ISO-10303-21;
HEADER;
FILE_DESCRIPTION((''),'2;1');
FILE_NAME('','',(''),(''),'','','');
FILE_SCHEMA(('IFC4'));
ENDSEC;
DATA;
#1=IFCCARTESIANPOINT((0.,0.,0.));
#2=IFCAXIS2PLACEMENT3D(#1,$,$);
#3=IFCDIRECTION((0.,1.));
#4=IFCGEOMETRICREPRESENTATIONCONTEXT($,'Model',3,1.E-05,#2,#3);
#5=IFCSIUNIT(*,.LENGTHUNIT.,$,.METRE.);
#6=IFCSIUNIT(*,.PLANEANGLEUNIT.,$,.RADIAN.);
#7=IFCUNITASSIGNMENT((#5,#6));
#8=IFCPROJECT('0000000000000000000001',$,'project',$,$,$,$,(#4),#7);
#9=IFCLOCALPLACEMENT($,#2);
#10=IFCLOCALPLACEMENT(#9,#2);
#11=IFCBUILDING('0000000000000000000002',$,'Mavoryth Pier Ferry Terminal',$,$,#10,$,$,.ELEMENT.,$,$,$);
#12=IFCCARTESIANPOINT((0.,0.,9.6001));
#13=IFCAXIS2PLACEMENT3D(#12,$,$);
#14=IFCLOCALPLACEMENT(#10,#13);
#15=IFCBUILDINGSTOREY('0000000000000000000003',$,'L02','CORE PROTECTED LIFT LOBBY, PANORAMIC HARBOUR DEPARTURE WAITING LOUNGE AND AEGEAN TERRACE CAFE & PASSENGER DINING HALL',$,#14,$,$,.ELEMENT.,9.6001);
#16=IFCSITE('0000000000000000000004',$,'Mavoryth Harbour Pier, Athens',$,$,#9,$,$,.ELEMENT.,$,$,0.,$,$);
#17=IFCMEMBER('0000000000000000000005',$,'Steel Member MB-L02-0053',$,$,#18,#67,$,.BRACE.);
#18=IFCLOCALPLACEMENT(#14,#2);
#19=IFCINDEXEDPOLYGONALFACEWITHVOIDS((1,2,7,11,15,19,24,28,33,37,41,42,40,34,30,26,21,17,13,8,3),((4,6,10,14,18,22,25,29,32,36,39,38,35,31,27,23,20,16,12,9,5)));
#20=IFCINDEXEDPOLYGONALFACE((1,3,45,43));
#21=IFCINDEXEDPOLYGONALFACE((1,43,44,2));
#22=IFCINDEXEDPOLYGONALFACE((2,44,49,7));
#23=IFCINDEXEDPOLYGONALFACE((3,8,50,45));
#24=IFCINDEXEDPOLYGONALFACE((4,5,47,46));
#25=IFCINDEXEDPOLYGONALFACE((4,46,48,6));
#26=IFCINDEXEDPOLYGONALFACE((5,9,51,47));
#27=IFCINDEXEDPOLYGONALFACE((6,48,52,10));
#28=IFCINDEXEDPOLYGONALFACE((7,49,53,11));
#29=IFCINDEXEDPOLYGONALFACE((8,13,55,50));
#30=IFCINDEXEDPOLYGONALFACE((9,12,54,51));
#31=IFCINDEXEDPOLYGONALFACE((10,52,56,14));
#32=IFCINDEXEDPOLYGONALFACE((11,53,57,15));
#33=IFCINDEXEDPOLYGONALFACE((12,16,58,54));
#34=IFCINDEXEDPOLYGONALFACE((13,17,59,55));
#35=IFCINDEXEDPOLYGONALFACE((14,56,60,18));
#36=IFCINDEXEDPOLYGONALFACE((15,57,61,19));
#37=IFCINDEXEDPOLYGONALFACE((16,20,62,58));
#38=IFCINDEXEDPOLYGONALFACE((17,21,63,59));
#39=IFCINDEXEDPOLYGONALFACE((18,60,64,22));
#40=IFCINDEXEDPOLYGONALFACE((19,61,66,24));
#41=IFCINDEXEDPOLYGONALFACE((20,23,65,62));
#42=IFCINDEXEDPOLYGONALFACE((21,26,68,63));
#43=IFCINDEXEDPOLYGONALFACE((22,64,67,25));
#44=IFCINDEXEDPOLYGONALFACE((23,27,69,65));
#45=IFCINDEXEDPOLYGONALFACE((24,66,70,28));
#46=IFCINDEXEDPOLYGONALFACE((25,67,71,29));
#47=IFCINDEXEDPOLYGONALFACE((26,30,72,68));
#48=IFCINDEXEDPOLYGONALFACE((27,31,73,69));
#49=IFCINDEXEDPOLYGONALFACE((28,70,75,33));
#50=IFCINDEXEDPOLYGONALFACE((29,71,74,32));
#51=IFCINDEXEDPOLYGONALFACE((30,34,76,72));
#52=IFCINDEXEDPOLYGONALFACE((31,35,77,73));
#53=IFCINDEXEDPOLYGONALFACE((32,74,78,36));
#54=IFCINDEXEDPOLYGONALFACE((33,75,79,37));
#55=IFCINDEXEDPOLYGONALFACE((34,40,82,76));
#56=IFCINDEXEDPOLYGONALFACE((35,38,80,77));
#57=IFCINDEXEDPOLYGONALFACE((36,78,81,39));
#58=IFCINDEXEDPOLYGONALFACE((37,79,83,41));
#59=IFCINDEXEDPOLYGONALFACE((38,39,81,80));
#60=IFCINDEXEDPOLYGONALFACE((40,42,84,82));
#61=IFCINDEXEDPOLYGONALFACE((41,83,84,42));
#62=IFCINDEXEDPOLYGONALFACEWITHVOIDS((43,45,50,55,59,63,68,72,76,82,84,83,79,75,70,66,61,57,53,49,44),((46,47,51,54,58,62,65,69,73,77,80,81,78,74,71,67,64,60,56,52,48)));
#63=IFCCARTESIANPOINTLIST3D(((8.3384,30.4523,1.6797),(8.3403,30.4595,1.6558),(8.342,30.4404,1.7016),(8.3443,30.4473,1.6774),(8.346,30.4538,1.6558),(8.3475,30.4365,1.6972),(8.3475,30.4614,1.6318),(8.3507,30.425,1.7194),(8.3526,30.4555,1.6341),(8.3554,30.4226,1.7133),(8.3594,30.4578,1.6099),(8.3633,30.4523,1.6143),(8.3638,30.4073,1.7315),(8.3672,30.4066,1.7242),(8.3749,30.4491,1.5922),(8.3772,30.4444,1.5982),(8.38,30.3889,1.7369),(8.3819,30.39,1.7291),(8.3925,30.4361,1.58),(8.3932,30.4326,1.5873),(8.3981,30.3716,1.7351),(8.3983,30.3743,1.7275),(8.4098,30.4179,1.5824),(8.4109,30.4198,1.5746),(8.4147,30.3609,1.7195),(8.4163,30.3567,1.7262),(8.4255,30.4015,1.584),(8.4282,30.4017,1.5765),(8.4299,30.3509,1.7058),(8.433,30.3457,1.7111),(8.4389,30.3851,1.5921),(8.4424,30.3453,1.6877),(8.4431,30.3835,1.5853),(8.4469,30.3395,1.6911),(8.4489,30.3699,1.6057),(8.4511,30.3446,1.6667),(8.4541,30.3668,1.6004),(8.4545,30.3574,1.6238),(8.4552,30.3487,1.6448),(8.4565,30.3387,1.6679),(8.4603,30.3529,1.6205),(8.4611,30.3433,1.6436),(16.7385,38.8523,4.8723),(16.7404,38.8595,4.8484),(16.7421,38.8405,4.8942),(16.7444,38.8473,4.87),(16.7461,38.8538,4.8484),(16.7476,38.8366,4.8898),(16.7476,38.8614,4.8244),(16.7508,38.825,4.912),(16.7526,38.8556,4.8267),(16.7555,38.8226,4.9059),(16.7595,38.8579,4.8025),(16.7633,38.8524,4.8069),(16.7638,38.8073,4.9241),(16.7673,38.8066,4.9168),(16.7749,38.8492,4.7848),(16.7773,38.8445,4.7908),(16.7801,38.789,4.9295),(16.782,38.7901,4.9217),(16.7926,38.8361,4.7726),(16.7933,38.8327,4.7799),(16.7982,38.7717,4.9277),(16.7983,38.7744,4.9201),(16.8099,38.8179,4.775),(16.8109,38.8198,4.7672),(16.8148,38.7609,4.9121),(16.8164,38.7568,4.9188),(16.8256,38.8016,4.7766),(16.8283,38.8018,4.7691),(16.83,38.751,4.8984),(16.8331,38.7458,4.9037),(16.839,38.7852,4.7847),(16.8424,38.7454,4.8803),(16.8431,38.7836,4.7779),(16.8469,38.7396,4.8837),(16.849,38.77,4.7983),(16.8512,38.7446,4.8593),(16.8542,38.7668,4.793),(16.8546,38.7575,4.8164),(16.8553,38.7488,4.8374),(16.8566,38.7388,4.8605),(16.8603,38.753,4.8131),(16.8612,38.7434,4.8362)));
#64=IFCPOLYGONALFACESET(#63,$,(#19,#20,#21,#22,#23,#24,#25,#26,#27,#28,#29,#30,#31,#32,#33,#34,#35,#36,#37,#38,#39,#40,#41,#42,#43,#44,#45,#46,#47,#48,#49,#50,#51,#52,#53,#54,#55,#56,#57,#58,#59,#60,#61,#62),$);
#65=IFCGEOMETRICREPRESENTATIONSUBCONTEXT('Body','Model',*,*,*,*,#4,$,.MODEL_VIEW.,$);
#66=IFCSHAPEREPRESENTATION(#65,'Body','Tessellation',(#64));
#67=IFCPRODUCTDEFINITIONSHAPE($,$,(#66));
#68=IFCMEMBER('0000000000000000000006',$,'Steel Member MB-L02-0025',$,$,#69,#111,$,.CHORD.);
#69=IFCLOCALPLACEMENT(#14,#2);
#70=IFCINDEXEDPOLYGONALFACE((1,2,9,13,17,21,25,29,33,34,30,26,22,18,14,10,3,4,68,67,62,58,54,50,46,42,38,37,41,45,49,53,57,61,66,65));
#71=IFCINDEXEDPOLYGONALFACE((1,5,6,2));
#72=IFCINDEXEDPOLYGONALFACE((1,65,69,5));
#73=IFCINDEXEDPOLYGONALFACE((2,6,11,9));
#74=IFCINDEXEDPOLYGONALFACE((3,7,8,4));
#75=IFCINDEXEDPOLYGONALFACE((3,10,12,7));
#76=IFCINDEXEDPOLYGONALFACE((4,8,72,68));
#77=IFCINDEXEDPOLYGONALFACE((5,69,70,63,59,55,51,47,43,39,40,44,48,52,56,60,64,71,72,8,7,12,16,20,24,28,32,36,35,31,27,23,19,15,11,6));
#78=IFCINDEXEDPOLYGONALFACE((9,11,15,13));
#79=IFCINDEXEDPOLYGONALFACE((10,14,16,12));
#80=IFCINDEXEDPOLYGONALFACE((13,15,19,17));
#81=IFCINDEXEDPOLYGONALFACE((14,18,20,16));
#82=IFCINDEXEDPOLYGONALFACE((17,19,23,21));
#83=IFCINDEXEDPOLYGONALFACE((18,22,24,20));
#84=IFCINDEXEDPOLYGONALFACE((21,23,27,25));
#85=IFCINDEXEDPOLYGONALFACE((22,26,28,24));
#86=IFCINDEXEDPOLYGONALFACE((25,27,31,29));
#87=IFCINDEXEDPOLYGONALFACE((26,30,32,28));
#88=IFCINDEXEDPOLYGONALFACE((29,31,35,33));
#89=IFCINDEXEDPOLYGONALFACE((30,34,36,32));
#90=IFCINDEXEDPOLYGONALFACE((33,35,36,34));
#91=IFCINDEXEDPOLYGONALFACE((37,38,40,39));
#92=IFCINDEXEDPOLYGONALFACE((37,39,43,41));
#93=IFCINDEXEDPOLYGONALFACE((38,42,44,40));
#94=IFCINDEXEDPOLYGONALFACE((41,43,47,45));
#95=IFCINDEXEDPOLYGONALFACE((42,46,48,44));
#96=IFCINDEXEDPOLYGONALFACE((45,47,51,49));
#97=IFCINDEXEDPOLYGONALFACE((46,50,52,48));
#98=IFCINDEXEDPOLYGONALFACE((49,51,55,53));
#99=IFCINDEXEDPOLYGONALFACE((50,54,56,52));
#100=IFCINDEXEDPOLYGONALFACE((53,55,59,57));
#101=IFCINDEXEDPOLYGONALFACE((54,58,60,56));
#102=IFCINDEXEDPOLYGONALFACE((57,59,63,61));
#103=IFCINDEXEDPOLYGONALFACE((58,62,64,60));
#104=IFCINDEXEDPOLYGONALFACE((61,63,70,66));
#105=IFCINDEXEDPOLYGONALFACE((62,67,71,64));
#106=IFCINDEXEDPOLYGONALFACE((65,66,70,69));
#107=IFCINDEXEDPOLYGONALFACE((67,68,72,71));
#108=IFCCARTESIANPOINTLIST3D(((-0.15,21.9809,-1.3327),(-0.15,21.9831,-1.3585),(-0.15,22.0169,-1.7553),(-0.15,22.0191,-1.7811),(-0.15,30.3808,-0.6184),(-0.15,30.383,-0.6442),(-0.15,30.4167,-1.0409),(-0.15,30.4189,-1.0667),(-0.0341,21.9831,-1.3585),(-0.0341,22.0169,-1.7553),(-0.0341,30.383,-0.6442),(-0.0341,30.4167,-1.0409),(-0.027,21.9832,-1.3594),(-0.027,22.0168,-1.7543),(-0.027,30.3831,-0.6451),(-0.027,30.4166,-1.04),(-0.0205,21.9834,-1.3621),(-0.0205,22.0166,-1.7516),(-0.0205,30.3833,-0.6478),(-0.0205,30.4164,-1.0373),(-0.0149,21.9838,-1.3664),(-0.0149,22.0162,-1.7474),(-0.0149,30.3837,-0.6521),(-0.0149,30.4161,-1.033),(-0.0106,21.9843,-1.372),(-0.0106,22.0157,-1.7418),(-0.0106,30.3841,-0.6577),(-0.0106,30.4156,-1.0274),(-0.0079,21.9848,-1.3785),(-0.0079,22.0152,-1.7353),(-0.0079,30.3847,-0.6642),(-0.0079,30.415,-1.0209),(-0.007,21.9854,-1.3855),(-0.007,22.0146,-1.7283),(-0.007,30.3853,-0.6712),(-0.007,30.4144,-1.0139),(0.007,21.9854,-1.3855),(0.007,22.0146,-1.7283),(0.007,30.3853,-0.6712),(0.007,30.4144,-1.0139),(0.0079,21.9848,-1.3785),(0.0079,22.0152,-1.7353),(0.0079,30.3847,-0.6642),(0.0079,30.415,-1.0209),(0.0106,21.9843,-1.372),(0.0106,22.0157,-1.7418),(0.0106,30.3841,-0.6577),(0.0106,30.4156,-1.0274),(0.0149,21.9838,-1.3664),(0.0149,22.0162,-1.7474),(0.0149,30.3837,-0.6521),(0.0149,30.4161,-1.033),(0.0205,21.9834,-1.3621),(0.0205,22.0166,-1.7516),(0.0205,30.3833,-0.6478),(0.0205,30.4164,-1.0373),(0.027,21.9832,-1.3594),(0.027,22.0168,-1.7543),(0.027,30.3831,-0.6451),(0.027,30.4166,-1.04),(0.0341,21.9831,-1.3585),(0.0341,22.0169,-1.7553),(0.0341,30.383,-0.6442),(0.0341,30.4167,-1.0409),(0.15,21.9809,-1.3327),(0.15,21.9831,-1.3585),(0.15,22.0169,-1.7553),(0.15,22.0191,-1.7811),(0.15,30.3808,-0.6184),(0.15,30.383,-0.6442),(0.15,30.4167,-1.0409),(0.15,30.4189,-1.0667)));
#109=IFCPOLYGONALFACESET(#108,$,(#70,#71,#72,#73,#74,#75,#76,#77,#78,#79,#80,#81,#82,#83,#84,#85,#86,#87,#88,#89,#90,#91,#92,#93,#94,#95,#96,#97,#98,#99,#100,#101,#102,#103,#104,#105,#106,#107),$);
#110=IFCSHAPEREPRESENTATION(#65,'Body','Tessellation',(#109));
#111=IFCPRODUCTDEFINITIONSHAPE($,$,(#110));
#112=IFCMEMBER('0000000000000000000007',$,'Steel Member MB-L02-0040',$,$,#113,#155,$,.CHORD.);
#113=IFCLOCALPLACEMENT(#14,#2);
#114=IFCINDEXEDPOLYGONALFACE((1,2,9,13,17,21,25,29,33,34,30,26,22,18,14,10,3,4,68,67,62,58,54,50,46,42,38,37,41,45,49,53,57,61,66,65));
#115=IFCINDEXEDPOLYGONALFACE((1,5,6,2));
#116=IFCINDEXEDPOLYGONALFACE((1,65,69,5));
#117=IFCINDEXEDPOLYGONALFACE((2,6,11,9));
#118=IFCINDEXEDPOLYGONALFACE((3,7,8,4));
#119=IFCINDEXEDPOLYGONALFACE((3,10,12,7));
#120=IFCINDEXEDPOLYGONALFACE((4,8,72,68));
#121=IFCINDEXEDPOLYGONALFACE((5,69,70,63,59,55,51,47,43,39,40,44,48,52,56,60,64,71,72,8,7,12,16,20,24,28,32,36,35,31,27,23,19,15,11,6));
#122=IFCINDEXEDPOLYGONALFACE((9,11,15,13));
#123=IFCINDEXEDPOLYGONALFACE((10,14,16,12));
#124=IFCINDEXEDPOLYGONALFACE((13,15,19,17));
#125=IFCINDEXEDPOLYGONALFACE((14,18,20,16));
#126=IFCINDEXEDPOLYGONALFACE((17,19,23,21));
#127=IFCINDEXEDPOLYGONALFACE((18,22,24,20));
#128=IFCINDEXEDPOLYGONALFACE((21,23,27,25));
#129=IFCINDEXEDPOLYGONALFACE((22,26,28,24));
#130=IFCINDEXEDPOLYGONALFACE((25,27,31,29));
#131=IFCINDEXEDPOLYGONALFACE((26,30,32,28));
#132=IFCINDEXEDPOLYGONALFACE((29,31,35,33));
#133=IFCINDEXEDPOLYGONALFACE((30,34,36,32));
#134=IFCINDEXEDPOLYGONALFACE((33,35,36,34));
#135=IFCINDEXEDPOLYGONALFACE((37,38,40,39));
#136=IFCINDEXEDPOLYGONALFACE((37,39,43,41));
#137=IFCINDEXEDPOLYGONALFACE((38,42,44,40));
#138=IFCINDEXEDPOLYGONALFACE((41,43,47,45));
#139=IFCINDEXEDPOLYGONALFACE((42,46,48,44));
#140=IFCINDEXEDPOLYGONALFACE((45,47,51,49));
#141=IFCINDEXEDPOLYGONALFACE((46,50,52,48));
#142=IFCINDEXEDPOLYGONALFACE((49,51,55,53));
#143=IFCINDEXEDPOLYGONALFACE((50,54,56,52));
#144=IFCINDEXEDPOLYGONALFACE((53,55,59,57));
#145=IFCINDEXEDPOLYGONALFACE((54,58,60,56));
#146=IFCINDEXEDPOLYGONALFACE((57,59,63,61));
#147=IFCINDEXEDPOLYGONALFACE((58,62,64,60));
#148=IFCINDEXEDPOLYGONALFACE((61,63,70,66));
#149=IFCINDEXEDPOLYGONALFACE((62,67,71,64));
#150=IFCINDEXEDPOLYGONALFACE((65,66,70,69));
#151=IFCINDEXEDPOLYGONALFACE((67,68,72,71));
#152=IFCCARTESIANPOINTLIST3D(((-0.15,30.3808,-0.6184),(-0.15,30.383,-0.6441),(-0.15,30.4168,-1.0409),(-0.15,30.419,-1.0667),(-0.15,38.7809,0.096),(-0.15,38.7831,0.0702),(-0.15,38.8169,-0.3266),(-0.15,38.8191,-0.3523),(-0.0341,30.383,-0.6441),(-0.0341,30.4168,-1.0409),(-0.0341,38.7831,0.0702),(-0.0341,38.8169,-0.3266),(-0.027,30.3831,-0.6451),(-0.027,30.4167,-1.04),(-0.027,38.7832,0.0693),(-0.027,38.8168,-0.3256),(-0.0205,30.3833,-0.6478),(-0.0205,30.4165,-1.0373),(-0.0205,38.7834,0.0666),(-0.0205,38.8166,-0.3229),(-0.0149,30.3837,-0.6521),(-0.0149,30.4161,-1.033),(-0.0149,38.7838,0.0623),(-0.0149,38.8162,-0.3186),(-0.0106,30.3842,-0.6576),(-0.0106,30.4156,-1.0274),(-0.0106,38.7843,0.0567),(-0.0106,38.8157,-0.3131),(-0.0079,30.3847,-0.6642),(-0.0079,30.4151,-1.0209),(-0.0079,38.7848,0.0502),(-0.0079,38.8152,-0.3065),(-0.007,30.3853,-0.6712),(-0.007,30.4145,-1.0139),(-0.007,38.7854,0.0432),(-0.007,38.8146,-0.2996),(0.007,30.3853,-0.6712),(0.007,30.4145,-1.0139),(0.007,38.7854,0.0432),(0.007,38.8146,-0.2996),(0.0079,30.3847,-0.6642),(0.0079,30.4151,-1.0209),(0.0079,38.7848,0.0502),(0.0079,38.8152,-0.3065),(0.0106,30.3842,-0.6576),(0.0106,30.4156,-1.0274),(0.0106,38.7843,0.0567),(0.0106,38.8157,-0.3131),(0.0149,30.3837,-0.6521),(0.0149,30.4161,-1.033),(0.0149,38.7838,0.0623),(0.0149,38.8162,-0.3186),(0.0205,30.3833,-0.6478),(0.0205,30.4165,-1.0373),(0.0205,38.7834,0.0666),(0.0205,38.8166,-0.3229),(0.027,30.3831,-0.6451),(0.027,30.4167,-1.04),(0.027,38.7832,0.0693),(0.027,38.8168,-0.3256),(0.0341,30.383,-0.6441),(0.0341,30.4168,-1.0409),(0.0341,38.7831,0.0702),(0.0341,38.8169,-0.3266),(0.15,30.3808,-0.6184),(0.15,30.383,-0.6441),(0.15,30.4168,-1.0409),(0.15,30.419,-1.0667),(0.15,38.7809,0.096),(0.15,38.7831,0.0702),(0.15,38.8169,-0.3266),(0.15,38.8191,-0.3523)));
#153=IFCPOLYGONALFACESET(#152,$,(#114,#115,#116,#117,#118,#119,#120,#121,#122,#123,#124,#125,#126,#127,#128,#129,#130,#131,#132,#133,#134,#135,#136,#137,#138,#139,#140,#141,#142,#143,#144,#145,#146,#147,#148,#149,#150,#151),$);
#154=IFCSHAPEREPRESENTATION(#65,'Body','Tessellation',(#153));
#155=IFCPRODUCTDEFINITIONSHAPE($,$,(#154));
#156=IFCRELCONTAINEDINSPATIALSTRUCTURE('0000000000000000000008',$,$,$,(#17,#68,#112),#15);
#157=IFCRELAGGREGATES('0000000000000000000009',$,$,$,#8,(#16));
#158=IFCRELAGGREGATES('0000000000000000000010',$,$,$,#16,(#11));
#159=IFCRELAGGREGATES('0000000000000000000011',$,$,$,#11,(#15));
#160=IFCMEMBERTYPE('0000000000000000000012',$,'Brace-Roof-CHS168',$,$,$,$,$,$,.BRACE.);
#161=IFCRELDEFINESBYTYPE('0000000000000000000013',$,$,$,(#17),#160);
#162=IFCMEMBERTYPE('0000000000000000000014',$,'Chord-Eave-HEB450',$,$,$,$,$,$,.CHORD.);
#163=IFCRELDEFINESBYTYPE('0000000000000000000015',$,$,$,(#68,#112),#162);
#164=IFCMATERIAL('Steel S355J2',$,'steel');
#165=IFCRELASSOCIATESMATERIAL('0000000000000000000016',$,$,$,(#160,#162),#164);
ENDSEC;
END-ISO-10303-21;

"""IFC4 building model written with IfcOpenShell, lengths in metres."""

from ifc_helpers import new_model, si_unit, direction, frame, origin, origin_2d, place, context, subcontext, project, spatial, hollow_circle, i_section, extrude, material, material_profile, profile_set, type_object, element, save


model = new_model("IFC4")

# Units and contexts
model_context = context("Model", 3, precision=1e-05, world=origin(), true_north=direction((0.0, 1.0)))
body_context = subcontext(model_context, "Body", "Model", "MODEL_VIEW")
ifc_project = project(units=[si_unit("LENGTHUNIT", "METRE"), si_unit("PLANEANGLEUNIT", "RADIAN")], contexts=[model_context])

# Site, building, storey
site_placement = place(None, origin())
site = spatial("IfcSite", under=ifc_project, at=site_placement, Name="Mavoryth Harbour Pier, Athens", CompositionType="ELEMENT", RefElevation=0.0)
building_placement = place(site_placement, origin())
building = spatial("IfcBuilding", under=site, at=building_placement, Name="Mavoryth Pier Ferry Terminal", CompositionType="ELEMENT")
storey_placement = place(building_placement, frame((0.0, 0.0, 9.6001)))
storey = spatial("IfcBuildingStorey", under=building, at=storey_placement, Name="L02", Description="CORE PROTECTED LIFT LOBBY, PANORAMIC HARBOUR DEPARTURE WAITING LOUNGE AND AEGEAN TERRACE CAFE & PASSENGER DINING HALL", CompositionType="ELEMENT", Elevation=9.6001)

# Members
ifc_material_1 = material(Name="Steel S355J2", Category="steel")
ifc_material_profile_1 = material_profile(ifc_material_1, hollow_circle(Radius=0.0842, WallThickness=0.0081, at=origin_2d()), Name="CHS 168.3x8.0", Category="steel")
ifc_profile_set_1 = profile_set([ifc_material_profile_1], Name="Steel S355J2 - CHS 168.3x8.0")
member_type_1 = type_object("IfcMemberType", Name="Brace-Roof-CHS168", PredefinedType="BRACE", material=ifc_profile_set_1)
member_1_placement = place(storey_placement, frame((8.3999, 30.3999, 1.6558), z_axis=(0.682876, 0.682876, 0.259539), x_axis=(-0.707107, 0.707107, 0.0)))
element("IfcMember", 1, at=member_1_placement, inside=storey, type_object=member_type_1, Name="Steel Member MB-L02-0053", PredefinedType="BRACE", context=body_context, shape_type="SweptSolid", body=[
    extrude(hollow_circle(Radius=0.0842, WallThickness=0.0081, at=origin_2d()), origin(), (0.0, 0.0, 1.0), 12.301),
])
ifc_material_profile_2 = material_profile(ifc_material_1, i_section(OverallWidth=0.3, OverallDepth=0.45, WebThickness=0.0139, FlangeThickness=0.0259, FilletRadius=0.0271, at=origin_2d()), Name="HEB 450", Category="steel")
ifc_profile_set_2 = profile_set([ifc_material_profile_2], Name="Steel S355J2 - HEB 450")
member_type_2 = type_object("IfcMemberType", Name="Chord-Eave-HEB450", PredefinedType="CHORD", material=ifc_profile_set_2)
member_2_placement = place(storey_placement, frame((0.0, 22.0, -1.5569), z_axis=(0.0, 0.996403, 0.084737), x_axis=(-1.0, 0.0, 0.0)))
element("IfcMember", 2, at=member_2_placement, inside=storey, type_object=member_type_2, Name="Steel Member MB-L02-0025", PredefinedType="CHORD", context=body_context, shape_type="SweptSolid", body=[
    extrude(i_section(OverallWidth=0.3, OverallDepth=0.45, WebThickness=0.0139, FlangeThickness=0.0259, FilletRadius=0.0271, at=origin_2d()), origin(), (0.0, 0.0, 1.0), 8.4302),
])
member_3_placement = place(storey_placement, frame((0.0, 30.3999, -0.8425), z_axis=(0.0, 0.996404, 0.084735), x_axis=(-1.0, 0.0, 0.0)))
element("IfcMember", 3, at=member_3_placement, inside=storey, type_object=member_type_2, Name="Steel Member MB-L02-0040", PredefinedType="CHORD", context=body_context, shape_type="SweptSolid", body=[
    extrude(i_section(OverallWidth=0.3, OverallDepth=0.45, WebThickness=0.0139, FlangeThickness=0.0259, FilletRadius=0.0271, at=origin_2d()), origin(), (0.0, 0.0, 1.0), 8.4304),
])

save(model, "model.ifc")
